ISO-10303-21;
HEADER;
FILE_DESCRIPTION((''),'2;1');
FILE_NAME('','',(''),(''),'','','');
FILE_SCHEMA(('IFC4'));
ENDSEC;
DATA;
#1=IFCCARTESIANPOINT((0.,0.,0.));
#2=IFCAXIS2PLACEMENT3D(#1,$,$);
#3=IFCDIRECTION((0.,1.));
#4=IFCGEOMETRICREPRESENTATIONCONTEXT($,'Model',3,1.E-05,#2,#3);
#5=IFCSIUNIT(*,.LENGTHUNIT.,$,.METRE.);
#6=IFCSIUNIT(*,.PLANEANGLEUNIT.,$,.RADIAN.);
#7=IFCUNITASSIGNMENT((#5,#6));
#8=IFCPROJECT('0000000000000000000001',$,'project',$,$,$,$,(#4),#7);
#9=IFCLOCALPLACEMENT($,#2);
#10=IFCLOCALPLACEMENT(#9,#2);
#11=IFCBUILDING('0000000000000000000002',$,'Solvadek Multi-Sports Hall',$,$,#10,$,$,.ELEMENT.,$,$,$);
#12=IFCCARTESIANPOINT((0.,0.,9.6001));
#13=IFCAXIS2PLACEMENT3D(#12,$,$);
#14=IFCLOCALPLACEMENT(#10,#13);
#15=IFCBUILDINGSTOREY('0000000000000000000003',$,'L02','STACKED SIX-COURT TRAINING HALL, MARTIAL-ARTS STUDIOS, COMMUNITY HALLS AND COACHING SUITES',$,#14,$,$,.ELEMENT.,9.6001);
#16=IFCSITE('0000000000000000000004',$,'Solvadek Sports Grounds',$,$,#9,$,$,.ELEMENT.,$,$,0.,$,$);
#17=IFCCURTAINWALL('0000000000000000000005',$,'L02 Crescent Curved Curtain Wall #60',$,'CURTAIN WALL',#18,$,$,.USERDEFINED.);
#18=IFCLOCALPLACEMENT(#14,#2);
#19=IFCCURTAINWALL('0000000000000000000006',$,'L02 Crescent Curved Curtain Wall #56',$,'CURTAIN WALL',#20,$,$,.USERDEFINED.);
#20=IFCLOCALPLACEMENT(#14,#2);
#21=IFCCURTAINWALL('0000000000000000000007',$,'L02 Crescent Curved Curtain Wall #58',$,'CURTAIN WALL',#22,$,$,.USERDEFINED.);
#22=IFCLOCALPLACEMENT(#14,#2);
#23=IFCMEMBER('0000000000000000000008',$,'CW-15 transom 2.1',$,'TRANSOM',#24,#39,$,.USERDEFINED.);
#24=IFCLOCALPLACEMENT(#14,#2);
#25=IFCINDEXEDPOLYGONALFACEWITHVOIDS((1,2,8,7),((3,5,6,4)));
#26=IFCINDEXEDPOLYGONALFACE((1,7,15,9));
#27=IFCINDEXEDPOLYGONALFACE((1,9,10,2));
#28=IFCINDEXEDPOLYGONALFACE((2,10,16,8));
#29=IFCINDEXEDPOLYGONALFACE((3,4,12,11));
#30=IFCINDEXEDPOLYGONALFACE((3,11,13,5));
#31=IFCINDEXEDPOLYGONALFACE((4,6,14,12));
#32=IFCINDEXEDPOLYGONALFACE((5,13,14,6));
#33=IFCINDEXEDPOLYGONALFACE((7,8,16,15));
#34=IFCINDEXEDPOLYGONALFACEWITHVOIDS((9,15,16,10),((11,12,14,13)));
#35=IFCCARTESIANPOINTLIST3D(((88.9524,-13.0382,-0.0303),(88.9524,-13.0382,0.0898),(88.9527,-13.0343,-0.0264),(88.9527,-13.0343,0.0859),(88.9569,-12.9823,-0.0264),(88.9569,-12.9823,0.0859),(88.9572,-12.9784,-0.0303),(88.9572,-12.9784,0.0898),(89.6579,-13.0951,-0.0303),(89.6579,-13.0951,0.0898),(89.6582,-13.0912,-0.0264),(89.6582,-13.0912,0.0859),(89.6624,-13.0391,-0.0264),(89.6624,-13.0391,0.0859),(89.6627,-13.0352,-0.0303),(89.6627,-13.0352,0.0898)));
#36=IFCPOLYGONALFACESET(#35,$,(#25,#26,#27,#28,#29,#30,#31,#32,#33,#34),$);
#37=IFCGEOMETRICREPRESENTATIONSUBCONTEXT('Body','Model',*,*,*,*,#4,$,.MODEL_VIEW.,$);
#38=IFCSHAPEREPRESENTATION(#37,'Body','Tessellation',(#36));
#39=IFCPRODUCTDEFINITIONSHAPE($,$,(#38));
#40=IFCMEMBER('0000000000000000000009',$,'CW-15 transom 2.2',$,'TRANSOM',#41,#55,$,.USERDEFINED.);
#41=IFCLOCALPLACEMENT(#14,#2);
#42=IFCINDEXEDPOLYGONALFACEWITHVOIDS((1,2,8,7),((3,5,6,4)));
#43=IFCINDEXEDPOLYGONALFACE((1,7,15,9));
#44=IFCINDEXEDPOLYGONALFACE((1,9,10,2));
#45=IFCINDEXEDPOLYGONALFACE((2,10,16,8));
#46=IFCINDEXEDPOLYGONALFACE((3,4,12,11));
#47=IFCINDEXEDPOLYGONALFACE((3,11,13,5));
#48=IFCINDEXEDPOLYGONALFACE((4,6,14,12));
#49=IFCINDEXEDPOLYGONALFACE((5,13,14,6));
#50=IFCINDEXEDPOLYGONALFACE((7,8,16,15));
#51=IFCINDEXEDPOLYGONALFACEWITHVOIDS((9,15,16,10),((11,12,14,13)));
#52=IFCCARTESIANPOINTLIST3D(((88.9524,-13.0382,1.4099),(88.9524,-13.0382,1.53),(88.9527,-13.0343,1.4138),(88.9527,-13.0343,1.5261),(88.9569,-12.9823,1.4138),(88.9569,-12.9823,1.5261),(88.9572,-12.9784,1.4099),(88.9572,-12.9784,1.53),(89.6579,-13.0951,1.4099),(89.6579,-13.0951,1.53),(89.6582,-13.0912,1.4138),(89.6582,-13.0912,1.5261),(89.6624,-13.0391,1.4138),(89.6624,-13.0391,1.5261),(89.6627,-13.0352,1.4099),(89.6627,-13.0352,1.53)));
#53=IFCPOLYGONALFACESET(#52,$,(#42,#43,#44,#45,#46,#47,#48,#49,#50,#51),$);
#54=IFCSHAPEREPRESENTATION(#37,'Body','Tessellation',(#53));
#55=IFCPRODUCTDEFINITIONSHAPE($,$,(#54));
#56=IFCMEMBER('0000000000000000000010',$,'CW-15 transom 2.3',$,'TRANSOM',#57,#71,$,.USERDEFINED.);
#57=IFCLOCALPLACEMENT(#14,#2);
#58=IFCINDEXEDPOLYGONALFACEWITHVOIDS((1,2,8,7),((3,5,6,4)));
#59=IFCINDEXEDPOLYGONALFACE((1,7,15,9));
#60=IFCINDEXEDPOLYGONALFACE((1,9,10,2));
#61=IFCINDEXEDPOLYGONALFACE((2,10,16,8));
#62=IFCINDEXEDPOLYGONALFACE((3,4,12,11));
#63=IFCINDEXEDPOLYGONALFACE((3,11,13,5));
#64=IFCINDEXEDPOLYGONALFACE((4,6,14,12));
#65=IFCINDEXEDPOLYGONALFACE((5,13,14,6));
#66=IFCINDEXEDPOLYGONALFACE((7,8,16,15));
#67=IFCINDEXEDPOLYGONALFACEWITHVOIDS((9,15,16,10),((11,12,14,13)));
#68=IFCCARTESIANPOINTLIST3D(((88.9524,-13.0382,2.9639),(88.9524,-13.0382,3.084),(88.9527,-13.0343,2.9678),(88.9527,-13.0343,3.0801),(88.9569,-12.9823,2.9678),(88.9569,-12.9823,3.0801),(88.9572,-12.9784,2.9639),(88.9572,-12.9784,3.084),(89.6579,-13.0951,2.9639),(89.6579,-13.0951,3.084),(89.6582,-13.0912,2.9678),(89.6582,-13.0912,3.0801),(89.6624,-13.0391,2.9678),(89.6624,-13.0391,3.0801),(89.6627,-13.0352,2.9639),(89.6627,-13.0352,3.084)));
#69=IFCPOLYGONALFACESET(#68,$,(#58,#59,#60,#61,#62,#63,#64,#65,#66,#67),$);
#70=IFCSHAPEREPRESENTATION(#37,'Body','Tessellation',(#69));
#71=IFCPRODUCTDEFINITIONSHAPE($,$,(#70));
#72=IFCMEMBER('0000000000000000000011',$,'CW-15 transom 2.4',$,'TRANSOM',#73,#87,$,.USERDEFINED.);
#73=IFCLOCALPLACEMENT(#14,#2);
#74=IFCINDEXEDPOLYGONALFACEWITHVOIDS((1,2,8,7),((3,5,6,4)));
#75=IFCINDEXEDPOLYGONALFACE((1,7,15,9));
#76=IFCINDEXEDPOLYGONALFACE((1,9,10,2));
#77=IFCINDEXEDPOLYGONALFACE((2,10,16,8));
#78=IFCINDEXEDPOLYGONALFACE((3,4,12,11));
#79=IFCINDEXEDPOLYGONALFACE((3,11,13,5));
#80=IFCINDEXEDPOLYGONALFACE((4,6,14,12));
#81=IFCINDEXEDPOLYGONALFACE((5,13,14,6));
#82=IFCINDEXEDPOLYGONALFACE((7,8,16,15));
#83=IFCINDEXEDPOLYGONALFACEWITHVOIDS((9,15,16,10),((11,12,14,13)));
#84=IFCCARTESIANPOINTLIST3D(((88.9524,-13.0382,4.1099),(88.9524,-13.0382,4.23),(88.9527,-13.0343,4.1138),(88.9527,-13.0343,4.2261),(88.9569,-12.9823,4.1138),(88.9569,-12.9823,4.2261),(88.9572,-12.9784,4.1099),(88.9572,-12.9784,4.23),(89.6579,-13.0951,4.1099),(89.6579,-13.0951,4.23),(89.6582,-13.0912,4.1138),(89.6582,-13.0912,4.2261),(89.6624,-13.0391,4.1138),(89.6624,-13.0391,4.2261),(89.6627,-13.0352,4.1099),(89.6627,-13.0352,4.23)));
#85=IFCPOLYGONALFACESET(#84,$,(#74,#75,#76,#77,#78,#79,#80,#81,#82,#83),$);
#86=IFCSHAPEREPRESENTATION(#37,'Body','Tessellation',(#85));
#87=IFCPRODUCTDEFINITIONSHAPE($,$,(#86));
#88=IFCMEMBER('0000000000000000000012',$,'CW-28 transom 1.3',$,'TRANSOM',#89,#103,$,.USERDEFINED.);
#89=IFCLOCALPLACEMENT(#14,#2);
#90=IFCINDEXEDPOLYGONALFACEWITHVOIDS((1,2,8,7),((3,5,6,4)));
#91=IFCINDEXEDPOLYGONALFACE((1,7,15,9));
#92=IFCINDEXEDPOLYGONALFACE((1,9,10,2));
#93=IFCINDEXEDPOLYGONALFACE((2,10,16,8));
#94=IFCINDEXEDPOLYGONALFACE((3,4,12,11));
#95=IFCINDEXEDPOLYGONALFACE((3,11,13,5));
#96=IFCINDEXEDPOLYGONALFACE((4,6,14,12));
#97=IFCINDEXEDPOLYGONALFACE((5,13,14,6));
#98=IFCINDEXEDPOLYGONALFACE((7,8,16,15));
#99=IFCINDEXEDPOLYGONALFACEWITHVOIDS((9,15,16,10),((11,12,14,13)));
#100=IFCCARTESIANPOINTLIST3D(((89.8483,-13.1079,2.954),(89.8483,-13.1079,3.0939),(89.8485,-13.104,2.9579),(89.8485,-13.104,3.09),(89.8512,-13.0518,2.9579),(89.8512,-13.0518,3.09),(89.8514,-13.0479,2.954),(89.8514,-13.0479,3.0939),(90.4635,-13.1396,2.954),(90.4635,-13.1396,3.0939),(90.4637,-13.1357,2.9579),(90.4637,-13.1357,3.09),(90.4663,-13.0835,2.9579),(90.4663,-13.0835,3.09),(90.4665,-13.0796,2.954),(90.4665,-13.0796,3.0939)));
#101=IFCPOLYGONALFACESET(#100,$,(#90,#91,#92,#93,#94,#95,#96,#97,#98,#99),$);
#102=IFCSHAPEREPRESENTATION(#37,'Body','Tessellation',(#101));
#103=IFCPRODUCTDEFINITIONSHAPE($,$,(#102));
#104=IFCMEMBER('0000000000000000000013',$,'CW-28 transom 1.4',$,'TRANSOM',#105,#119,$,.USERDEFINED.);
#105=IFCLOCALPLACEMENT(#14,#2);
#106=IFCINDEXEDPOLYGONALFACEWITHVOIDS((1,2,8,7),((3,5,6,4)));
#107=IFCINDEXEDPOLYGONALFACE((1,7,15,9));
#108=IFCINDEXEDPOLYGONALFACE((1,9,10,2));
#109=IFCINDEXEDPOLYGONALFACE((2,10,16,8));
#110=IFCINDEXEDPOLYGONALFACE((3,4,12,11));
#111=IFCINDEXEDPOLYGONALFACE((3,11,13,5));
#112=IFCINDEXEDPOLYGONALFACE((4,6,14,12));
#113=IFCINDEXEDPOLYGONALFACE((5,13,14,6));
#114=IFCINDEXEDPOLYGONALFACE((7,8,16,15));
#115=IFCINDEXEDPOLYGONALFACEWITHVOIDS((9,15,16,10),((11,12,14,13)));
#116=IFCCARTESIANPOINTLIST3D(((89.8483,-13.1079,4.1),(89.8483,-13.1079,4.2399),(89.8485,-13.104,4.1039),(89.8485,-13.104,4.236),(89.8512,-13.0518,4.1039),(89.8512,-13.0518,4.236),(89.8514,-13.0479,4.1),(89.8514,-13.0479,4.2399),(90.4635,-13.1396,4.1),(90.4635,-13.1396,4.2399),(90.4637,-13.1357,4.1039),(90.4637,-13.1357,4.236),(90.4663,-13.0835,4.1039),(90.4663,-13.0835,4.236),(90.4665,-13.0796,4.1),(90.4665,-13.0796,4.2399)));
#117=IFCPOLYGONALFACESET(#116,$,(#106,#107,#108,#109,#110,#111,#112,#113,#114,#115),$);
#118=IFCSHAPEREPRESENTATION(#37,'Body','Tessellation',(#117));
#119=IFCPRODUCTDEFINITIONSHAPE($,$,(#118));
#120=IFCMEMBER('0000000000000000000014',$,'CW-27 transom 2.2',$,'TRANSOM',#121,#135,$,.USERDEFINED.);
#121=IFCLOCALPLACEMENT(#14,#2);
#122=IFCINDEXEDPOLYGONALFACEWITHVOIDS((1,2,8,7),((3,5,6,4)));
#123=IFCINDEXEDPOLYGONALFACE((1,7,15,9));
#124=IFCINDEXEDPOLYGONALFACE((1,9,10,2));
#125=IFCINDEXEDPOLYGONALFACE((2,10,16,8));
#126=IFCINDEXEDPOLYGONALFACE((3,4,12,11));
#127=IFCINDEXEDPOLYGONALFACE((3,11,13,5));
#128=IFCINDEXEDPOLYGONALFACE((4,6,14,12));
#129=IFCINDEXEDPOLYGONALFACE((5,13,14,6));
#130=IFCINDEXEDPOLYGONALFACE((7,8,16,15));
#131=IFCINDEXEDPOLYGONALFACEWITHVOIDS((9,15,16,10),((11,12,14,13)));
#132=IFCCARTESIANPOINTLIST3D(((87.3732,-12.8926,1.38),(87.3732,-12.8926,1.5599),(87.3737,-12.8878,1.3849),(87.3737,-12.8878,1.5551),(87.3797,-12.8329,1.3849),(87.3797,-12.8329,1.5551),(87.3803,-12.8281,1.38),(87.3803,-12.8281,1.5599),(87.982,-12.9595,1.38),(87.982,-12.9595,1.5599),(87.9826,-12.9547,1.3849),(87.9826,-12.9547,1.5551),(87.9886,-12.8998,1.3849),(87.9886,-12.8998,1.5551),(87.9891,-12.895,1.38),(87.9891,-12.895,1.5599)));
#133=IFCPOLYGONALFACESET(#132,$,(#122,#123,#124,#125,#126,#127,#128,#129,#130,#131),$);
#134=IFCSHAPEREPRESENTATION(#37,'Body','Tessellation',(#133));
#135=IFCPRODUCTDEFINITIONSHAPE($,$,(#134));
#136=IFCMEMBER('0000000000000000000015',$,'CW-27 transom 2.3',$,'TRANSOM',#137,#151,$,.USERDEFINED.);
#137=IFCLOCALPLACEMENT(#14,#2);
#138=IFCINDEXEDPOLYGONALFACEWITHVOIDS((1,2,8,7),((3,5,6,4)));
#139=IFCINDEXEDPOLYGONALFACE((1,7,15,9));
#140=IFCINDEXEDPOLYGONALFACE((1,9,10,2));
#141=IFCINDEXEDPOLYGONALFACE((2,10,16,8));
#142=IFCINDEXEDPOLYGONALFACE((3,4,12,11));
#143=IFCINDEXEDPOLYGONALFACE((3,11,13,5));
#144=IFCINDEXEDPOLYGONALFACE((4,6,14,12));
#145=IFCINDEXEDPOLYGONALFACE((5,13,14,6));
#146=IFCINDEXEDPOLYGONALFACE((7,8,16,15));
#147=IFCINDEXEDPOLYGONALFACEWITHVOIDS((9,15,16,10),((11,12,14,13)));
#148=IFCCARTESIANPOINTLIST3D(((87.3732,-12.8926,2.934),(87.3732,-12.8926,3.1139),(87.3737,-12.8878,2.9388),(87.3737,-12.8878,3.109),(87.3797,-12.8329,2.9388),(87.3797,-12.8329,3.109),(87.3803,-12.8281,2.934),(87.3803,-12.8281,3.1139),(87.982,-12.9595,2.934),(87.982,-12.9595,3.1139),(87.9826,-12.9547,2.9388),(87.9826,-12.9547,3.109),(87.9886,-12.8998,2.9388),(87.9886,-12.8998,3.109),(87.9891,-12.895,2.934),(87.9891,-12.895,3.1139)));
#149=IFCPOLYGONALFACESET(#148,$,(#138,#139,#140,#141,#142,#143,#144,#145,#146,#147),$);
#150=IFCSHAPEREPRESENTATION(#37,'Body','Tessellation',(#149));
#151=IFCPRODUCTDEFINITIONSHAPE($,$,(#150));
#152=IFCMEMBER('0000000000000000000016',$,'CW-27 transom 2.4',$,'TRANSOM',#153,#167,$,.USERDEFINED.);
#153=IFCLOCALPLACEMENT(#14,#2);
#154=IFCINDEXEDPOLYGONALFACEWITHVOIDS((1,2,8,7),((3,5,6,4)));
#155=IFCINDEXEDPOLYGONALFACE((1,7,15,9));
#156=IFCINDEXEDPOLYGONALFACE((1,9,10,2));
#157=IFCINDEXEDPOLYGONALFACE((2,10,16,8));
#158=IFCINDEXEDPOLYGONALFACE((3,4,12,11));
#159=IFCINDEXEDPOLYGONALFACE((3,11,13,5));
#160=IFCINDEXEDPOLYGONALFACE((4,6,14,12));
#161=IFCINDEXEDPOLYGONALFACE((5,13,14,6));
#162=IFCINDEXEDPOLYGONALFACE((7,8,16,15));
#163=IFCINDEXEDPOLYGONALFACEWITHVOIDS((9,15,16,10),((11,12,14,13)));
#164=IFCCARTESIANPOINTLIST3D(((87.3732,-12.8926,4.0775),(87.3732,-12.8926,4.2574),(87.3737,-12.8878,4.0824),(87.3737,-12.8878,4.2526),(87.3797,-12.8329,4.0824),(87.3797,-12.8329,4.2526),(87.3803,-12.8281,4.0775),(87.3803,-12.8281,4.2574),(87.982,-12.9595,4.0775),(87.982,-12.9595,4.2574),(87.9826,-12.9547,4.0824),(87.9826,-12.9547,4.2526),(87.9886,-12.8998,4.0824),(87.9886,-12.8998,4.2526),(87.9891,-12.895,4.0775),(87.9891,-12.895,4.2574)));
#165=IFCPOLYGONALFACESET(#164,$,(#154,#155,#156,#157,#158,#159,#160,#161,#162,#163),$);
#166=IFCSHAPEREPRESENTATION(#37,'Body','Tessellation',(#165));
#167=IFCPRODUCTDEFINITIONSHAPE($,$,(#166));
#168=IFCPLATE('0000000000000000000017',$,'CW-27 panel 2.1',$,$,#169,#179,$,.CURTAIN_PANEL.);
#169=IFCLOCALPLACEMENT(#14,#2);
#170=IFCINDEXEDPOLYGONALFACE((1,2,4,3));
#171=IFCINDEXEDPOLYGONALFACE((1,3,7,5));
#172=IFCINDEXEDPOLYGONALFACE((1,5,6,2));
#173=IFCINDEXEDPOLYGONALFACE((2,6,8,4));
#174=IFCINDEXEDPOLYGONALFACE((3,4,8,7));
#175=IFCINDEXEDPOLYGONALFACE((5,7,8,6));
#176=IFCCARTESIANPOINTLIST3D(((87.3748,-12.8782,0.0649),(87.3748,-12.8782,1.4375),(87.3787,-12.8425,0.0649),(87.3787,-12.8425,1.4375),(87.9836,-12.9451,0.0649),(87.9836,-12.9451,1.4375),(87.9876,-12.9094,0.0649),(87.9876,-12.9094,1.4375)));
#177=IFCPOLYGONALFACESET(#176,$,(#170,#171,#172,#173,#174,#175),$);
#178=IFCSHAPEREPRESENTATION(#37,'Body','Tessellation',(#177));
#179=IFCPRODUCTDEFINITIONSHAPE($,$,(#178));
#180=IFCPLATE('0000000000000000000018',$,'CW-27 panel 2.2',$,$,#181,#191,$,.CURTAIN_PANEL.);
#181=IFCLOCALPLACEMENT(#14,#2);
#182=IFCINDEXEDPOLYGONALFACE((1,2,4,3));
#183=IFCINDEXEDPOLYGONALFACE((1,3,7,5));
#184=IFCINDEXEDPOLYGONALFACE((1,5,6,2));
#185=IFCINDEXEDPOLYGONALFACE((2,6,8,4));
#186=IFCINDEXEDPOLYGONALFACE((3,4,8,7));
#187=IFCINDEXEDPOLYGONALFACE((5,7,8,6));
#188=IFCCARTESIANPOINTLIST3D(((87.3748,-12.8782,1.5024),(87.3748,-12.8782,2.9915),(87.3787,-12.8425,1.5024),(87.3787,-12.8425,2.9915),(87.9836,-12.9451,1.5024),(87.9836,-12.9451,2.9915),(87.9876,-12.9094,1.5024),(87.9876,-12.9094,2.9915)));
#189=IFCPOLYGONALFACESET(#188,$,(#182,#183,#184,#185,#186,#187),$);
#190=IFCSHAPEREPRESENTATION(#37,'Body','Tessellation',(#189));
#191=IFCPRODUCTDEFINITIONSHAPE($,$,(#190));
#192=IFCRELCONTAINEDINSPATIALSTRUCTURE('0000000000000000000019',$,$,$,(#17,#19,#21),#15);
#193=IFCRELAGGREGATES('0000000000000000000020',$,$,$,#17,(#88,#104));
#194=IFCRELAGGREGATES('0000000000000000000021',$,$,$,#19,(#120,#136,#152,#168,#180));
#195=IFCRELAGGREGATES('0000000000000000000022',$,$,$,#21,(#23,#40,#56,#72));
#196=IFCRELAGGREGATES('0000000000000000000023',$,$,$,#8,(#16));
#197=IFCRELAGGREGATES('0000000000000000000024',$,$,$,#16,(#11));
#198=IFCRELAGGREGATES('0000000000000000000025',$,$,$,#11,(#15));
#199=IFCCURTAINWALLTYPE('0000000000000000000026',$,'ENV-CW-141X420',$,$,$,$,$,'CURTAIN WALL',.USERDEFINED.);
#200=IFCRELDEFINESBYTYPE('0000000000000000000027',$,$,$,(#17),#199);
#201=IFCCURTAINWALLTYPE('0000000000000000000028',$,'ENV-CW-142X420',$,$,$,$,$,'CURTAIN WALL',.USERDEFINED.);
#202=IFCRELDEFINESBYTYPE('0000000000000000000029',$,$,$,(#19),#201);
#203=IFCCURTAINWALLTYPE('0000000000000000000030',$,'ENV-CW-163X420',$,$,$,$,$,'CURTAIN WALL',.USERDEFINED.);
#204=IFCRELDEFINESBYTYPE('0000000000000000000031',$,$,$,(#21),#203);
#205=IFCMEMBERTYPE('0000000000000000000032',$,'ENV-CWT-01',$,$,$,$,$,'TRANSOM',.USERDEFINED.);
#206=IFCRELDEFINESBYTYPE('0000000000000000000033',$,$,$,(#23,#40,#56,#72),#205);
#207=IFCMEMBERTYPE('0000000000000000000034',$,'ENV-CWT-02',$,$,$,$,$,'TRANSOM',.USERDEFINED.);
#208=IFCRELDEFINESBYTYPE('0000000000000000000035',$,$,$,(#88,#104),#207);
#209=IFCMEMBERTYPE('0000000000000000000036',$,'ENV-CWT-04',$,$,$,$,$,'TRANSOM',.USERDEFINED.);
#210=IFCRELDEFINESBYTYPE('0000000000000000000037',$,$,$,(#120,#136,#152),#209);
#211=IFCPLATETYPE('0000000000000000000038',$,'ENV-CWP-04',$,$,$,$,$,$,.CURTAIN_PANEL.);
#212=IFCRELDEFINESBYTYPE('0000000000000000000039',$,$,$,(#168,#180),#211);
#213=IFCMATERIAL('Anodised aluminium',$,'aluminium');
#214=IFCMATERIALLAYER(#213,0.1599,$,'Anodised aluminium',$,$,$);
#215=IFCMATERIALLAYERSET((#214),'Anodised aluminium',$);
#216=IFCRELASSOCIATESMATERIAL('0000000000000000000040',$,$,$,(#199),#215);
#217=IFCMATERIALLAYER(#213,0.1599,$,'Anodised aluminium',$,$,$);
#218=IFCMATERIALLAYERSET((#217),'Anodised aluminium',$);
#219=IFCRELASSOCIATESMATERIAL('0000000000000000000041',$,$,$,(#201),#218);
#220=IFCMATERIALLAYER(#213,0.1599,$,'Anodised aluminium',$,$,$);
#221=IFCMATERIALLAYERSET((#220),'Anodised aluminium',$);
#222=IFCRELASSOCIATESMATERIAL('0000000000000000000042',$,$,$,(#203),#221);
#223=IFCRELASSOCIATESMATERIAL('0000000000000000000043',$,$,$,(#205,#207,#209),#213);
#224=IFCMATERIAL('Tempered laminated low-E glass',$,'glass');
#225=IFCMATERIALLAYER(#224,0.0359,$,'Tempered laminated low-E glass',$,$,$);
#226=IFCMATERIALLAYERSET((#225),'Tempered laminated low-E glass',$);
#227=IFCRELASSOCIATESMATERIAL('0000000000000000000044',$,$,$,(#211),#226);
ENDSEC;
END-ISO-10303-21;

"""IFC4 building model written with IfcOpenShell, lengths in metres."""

from ifc_helpers import new_model, si_unit, direction, frame, origin, origin_2d, place, context, subcontext, project, spatial, rectangle, hollow_rectangle, extrude, material, layer, layer_set, material_profile, profile_set, type_object, element, aggregate, save


model = new_model("IFC4")

# Units and contexts
model_context = context("Model", 3, precision=1e-05, world=origin(), true_north=direction((0.0, 1.0)))
body_context = subcontext(model_context, "Body", "Model", "MODEL_VIEW")
ifc_project = project(units=[si_unit("LENGTHUNIT", "METRE"), si_unit("PLANEANGLEUNIT", "RADIAN")], contexts=[model_context])

# Site, building, storey
site_placement = place(None, origin())
site = spatial("IfcSite", under=ifc_project, at=site_placement, Name="Solvadek Sports Grounds", CompositionType="ELEMENT", RefElevation=0.0)
building_placement = place(site_placement, origin())
building = spatial("IfcBuilding", under=site, at=building_placement, Name="Solvadek Multi-Sports Hall", CompositionType="ELEMENT")
storey_placement = place(building_placement, frame((0.0, 0.0, 9.6001)))
storey = spatial("IfcBuildingStorey", under=building, at=storey_placement, Name="L02", Description="STACKED SIX-COURT TRAINING HALL, MARTIAL-ARTS STUDIOS, COMMUNITY HALLS AND COACHING SUITES", CompositionType="ELEMENT", Elevation=9.6001)

# Curtain walls
ifc_material_1 = material(Name="Anodised aluminium", Category="aluminium")
ifc_layer_1 = layer(ifc_material_1, 0.1599, Name="Anodised aluminium")
ifc_layer_set_1 = layer_set([ifc_layer_1], Name="Anodised aluminium")
curtain_wall_type_1 = type_object("IfcCurtainWallType", Name="ENV-CW-141X420", ElementType="CURTAIN WALL", PredefinedType="USERDEFINED", material=ifc_layer_set_1)
curtain_wall_1_placement = place(storey_placement, origin())
curtain_wall_1 = element("IfcCurtainWall", 1, at=curtain_wall_1_placement, inside=storey, type_object=curtain_wall_type_1, Name="L02 Crescent Curved Curtain Wall #60", ObjectType="CURTAIN WALL", PredefinedType="USERDEFINED")
ifc_layer_2 = layer(ifc_material_1, 0.1599, Name="Anodised aluminium")
ifc_layer_set_2 = layer_set([ifc_layer_2], Name="Anodised aluminium")
curtain_wall_type_2 = type_object("IfcCurtainWallType", Name="ENV-CW-142X420", ElementType="CURTAIN WALL", PredefinedType="USERDEFINED", material=ifc_layer_set_2)
curtain_wall_2_placement = place(storey_placement, origin())
curtain_wall_2 = element("IfcCurtainWall", 2, at=curtain_wall_2_placement, inside=storey, type_object=curtain_wall_type_2, Name="L02 Crescent Curved Curtain Wall #56", ObjectType="CURTAIN WALL", PredefinedType="USERDEFINED")

# Curtain wall, members
ifc_layer_3 = layer(ifc_material_1, 0.1599, Name="Anodised aluminium")
ifc_layer_set_3 = layer_set([ifc_layer_3], Name="Anodised aluminium")
curtain_wall_type_3 = type_object("IfcCurtainWallType", Name="ENV-CW-163X420", ElementType="CURTAIN WALL", PredefinedType="USERDEFINED", material=ifc_layer_set_3)
curtain_wall_3_placement = place(storey_placement, origin())
curtain_wall_3 = element("IfcCurtainWall", 3, at=curtain_wall_3_placement, inside=storey, type_object=curtain_wall_type_3, Name="L02 Crescent Curved Curtain Wall #58", ObjectType="CURTAIN WALL", PredefinedType="USERDEFINED")
ifc_material_profile_1 = material_profile(ifc_material_1, hollow_rectangle(XDim=0.0601, YDim=0.1201, WallThickness=0.0039, at=origin_2d()), Name="ALU-T 120x60x4")
ifc_profile_set_1 = profile_set([ifc_material_profile_1], Name="Anodised aluminium")
member_type_1 = type_object("IfcMemberType", Name="ENV-CWT-01", ElementType="TRANSOM", PredefinedType="USERDEFINED", material=ifc_profile_set_1)
member_1_placement = place(storey_placement, frame((88.9548, -13.0083, 0.0298), z_axis=(0.996766, -0.080362, 0.0), x_axis=(0.080362, 0.996766, 0.0)))
member_1 = element("IfcMember", 4, at=member_1_placement, type_object=member_type_1, Name="CW-15 transom 2.1", ObjectType="TRANSOM", PredefinedType="USERDEFINED", context=body_context, shape_type="SweptSolid", body=[
    extrude(hollow_rectangle(XDim=0.0601, YDim=0.1201, WallThickness=0.0039, at=origin_2d()), origin(), (0.0, 0.0, 1.0), 0.7078),
])
member_2_placement = place(storey_placement, frame((88.9548, -13.0083, 1.47), z_axis=(0.996766, -0.080362, 0.0), x_axis=(0.080362, 0.996766, 0.0)))
member_2 = element("IfcMember", 5, at=member_2_placement, type_object=member_type_1, Name="CW-15 transom 2.2", ObjectType="TRANSOM", PredefinedType="USERDEFINED", context=body_context, shape_type="SweptSolid", body=[
    extrude(hollow_rectangle(XDim=0.0601, YDim=0.1201, WallThickness=0.0039, at=origin_2d()), origin(), (0.0, 0.0, 1.0), 0.7078),
])
member_3_placement = place(storey_placement, frame((88.9548, -13.0083, 3.0239), z_axis=(0.996766, -0.080362, 0.0), x_axis=(0.080362, 0.996766, 0.0)))
member_3 = element("IfcMember", 6, at=member_3_placement, type_object=member_type_1, Name="CW-15 transom 2.3", ObjectType="TRANSOM", PredefinedType="USERDEFINED", context=body_context, shape_type="SweptSolid", body=[
    extrude(hollow_rectangle(XDim=0.0601, YDim=0.1201, WallThickness=0.0039, at=origin_2d()), origin(), (0.0, 0.0, 1.0), 0.7078),
])
member_4_placement = place(storey_placement, frame((88.9548, -13.0083, 4.1699), z_axis=(0.996766, -0.080362, 0.0), x_axis=(0.080362, 0.996766, 0.0)))
member_4 = element("IfcMember", 7, at=member_4_placement, type_object=member_type_1, Name="CW-15 transom 2.4", ObjectType="TRANSOM", PredefinedType="USERDEFINED", context=body_context, shape_type="SweptSolid", body=[
    extrude(hollow_rectangle(XDim=0.0601, YDim=0.1201, WallThickness=0.0039, at=origin_2d()), origin(), (0.0, 0.0, 1.0), 0.7078),
])

# Members
ifc_material_profile_2 = material_profile(ifc_material_1, hollow_rectangle(XDim=0.0601, YDim=0.1399, WallThickness=0.0039, at=origin_2d()), Name="ALU-T 140x60x4")
ifc_profile_set_2 = profile_set([ifc_material_profile_2], Name="Anodised aluminium")
member_type_2 = type_object("IfcMemberType", Name="ENV-CWT-02", ElementType="TRANSOM", PredefinedType="USERDEFINED", material=ifc_profile_set_2)
member_5_placement = place(storey_placement, frame((89.8499, -13.0779, 3.0239), z_axis=(0.998672, -0.051519, 0.0), x_axis=(0.051519, 0.998672, 0.0)))
member_5 = element("IfcMember", 8, at=member_5_placement, type_object=member_type_2, Name="CW-28 transom 1.3", ObjectType="TRANSOM", PredefinedType="USERDEFINED", context=body_context, shape_type="SweptSolid", body=[
    extrude(hollow_rectangle(XDim=0.0601, YDim=0.1399, WallThickness=0.0039, at=origin_2d()), origin(), (0.0, 0.0, 1.0), 0.616),
])
member_6_placement = place(storey_placement, frame((89.8499, -13.0779, 4.1699), z_axis=(0.998672, -0.051519, 0.0), x_axis=(0.051519, 0.998672, 0.0)))
member_6 = element("IfcMember", 9, at=member_6_placement, type_object=member_type_2, Name="CW-28 transom 1.4", ObjectType="TRANSOM", PredefinedType="USERDEFINED", context=body_context, shape_type="SweptSolid", body=[
    extrude(hollow_rectangle(XDim=0.0601, YDim=0.1399, WallThickness=0.0039, at=origin_2d()), origin(), (0.0, 0.0, 1.0), 0.616),
])
aggregate(curtain_wall_1, [member_5, member_6])
ifc_material_profile_3 = material_profile(ifc_material_1, hollow_rectangle(XDim=0.0649, YDim=0.1799, WallThickness=0.0049, at=origin_2d()), Name="ALU-T 180x65x5")
ifc_profile_set_3 = profile_set([ifc_material_profile_3], Name="Anodised aluminium")
member_type_3 = type_object("IfcMemberType", Name="ENV-CWT-04", ElementType="TRANSOM", PredefinedType="USERDEFINED", material=ifc_profile_set_3)
member_7_placement = place(storey_placement, frame((87.3767, -12.8604, 1.47), z_axis=(0.994019, -0.109207, 0.0), x_axis=(0.109207, 0.994019, 0.0)))
member_7 = element("IfcMember", 10, at=member_7_placement, type_object=member_type_3, Name="CW-27 transom 2.2", ObjectType="TRANSOM", PredefinedType="USERDEFINED", context=body_context, shape_type="SweptSolid", body=[
    extrude(hollow_rectangle(XDim=0.0649, YDim=0.1799, WallThickness=0.0049, at=origin_2d()), origin(), (0.0, 0.0, 1.0), 0.6125),
])
member_8_placement = place(storey_placement, frame((87.3767, -12.8604, 3.0239), z_axis=(0.994019, -0.109207, 0.0), x_axis=(0.109207, 0.994019, 0.0)))
member_8 = element("IfcMember", 11, at=member_8_placement, type_object=member_type_3, Name="CW-27 transom 2.3", ObjectType="TRANSOM", PredefinedType="USERDEFINED", context=body_context, shape_type="SweptSolid", body=[
    extrude(hollow_rectangle(XDim=0.0649, YDim=0.1799, WallThickness=0.0049, at=origin_2d()), origin(), (0.0, 0.0, 1.0), 0.6125),
])
member_9_placement = place(storey_placement, frame((87.3767, -12.8604, 4.1675), z_axis=(0.994019, -0.109207, 0.0), x_axis=(0.109207, 0.994019, 0.0)))
member_9 = element("IfcMember", 12, at=member_9_placement, type_object=member_type_3, Name="CW-27 transom 2.4", ObjectType="TRANSOM", PredefinedType="USERDEFINED", context=body_context, shape_type="SweptSolid", body=[
    extrude(hollow_rectangle(XDim=0.0649, YDim=0.1799, WallThickness=0.0049, at=origin_2d()), origin(), (0.0, 0.0, 1.0), 0.6125),
])

# Plates
ifc_material_2 = material(Name="Tempered laminated low-E glass", Category="glass")
ifc_layer_4 = layer(ifc_material_2, 0.0359, Name="Tempered laminated low-E glass")
ifc_layer_set_4 = layer_set([ifc_layer_4], Name="Tempered laminated low-E glass")
plate_type_1 = type_object("IfcPlateType", Name="ENV-CWP-04", PredefinedType="CURTAIN_PANEL", material=ifc_layer_set_4)
plate_1_placement = place(storey_placement, frame((87.6812, -12.8938, 0.0649), z_axis=(0.0, 0.0, 1.0), x_axis=(0.99401, -0.109288, 0.0)))
plate_1 = element("IfcPlate", 13, at=plate_1_placement, type_object=plate_type_1, Name="CW-27 panel 2.1", PredefinedType="CURTAIN_PANEL", context=body_context, shape_type="SweptSolid", body=[
    extrude(rectangle(XDim=0.6125, YDim=0.0359, at=origin_2d()), origin(), (0.0, 0.0, 1.0), 1.3726),
])
plate_2_placement = place(storey_placement, frame((87.6812, -12.8938, 1.5024), z_axis=(0.0, 0.0, 1.0), x_axis=(0.99401, -0.109288, 0.0)))
plate_2 = element("IfcPlate", 14, at=plate_2_placement, type_object=plate_type_1, Name="CW-27 panel 2.2", PredefinedType="CURTAIN_PANEL", context=body_context, shape_type="SweptSolid", body=[
    extrude(rectangle(XDim=0.6125, YDim=0.0359, at=origin_2d()), origin(), (0.0, 0.0, 1.0), 1.489),
])
aggregate(curtain_wall_2, [member_7, member_8, member_9, plate_1, plate_2])
aggregate(curtain_wall_3, [member_1, member_2, member_3, member_4])

save(model, "model.ifc")
